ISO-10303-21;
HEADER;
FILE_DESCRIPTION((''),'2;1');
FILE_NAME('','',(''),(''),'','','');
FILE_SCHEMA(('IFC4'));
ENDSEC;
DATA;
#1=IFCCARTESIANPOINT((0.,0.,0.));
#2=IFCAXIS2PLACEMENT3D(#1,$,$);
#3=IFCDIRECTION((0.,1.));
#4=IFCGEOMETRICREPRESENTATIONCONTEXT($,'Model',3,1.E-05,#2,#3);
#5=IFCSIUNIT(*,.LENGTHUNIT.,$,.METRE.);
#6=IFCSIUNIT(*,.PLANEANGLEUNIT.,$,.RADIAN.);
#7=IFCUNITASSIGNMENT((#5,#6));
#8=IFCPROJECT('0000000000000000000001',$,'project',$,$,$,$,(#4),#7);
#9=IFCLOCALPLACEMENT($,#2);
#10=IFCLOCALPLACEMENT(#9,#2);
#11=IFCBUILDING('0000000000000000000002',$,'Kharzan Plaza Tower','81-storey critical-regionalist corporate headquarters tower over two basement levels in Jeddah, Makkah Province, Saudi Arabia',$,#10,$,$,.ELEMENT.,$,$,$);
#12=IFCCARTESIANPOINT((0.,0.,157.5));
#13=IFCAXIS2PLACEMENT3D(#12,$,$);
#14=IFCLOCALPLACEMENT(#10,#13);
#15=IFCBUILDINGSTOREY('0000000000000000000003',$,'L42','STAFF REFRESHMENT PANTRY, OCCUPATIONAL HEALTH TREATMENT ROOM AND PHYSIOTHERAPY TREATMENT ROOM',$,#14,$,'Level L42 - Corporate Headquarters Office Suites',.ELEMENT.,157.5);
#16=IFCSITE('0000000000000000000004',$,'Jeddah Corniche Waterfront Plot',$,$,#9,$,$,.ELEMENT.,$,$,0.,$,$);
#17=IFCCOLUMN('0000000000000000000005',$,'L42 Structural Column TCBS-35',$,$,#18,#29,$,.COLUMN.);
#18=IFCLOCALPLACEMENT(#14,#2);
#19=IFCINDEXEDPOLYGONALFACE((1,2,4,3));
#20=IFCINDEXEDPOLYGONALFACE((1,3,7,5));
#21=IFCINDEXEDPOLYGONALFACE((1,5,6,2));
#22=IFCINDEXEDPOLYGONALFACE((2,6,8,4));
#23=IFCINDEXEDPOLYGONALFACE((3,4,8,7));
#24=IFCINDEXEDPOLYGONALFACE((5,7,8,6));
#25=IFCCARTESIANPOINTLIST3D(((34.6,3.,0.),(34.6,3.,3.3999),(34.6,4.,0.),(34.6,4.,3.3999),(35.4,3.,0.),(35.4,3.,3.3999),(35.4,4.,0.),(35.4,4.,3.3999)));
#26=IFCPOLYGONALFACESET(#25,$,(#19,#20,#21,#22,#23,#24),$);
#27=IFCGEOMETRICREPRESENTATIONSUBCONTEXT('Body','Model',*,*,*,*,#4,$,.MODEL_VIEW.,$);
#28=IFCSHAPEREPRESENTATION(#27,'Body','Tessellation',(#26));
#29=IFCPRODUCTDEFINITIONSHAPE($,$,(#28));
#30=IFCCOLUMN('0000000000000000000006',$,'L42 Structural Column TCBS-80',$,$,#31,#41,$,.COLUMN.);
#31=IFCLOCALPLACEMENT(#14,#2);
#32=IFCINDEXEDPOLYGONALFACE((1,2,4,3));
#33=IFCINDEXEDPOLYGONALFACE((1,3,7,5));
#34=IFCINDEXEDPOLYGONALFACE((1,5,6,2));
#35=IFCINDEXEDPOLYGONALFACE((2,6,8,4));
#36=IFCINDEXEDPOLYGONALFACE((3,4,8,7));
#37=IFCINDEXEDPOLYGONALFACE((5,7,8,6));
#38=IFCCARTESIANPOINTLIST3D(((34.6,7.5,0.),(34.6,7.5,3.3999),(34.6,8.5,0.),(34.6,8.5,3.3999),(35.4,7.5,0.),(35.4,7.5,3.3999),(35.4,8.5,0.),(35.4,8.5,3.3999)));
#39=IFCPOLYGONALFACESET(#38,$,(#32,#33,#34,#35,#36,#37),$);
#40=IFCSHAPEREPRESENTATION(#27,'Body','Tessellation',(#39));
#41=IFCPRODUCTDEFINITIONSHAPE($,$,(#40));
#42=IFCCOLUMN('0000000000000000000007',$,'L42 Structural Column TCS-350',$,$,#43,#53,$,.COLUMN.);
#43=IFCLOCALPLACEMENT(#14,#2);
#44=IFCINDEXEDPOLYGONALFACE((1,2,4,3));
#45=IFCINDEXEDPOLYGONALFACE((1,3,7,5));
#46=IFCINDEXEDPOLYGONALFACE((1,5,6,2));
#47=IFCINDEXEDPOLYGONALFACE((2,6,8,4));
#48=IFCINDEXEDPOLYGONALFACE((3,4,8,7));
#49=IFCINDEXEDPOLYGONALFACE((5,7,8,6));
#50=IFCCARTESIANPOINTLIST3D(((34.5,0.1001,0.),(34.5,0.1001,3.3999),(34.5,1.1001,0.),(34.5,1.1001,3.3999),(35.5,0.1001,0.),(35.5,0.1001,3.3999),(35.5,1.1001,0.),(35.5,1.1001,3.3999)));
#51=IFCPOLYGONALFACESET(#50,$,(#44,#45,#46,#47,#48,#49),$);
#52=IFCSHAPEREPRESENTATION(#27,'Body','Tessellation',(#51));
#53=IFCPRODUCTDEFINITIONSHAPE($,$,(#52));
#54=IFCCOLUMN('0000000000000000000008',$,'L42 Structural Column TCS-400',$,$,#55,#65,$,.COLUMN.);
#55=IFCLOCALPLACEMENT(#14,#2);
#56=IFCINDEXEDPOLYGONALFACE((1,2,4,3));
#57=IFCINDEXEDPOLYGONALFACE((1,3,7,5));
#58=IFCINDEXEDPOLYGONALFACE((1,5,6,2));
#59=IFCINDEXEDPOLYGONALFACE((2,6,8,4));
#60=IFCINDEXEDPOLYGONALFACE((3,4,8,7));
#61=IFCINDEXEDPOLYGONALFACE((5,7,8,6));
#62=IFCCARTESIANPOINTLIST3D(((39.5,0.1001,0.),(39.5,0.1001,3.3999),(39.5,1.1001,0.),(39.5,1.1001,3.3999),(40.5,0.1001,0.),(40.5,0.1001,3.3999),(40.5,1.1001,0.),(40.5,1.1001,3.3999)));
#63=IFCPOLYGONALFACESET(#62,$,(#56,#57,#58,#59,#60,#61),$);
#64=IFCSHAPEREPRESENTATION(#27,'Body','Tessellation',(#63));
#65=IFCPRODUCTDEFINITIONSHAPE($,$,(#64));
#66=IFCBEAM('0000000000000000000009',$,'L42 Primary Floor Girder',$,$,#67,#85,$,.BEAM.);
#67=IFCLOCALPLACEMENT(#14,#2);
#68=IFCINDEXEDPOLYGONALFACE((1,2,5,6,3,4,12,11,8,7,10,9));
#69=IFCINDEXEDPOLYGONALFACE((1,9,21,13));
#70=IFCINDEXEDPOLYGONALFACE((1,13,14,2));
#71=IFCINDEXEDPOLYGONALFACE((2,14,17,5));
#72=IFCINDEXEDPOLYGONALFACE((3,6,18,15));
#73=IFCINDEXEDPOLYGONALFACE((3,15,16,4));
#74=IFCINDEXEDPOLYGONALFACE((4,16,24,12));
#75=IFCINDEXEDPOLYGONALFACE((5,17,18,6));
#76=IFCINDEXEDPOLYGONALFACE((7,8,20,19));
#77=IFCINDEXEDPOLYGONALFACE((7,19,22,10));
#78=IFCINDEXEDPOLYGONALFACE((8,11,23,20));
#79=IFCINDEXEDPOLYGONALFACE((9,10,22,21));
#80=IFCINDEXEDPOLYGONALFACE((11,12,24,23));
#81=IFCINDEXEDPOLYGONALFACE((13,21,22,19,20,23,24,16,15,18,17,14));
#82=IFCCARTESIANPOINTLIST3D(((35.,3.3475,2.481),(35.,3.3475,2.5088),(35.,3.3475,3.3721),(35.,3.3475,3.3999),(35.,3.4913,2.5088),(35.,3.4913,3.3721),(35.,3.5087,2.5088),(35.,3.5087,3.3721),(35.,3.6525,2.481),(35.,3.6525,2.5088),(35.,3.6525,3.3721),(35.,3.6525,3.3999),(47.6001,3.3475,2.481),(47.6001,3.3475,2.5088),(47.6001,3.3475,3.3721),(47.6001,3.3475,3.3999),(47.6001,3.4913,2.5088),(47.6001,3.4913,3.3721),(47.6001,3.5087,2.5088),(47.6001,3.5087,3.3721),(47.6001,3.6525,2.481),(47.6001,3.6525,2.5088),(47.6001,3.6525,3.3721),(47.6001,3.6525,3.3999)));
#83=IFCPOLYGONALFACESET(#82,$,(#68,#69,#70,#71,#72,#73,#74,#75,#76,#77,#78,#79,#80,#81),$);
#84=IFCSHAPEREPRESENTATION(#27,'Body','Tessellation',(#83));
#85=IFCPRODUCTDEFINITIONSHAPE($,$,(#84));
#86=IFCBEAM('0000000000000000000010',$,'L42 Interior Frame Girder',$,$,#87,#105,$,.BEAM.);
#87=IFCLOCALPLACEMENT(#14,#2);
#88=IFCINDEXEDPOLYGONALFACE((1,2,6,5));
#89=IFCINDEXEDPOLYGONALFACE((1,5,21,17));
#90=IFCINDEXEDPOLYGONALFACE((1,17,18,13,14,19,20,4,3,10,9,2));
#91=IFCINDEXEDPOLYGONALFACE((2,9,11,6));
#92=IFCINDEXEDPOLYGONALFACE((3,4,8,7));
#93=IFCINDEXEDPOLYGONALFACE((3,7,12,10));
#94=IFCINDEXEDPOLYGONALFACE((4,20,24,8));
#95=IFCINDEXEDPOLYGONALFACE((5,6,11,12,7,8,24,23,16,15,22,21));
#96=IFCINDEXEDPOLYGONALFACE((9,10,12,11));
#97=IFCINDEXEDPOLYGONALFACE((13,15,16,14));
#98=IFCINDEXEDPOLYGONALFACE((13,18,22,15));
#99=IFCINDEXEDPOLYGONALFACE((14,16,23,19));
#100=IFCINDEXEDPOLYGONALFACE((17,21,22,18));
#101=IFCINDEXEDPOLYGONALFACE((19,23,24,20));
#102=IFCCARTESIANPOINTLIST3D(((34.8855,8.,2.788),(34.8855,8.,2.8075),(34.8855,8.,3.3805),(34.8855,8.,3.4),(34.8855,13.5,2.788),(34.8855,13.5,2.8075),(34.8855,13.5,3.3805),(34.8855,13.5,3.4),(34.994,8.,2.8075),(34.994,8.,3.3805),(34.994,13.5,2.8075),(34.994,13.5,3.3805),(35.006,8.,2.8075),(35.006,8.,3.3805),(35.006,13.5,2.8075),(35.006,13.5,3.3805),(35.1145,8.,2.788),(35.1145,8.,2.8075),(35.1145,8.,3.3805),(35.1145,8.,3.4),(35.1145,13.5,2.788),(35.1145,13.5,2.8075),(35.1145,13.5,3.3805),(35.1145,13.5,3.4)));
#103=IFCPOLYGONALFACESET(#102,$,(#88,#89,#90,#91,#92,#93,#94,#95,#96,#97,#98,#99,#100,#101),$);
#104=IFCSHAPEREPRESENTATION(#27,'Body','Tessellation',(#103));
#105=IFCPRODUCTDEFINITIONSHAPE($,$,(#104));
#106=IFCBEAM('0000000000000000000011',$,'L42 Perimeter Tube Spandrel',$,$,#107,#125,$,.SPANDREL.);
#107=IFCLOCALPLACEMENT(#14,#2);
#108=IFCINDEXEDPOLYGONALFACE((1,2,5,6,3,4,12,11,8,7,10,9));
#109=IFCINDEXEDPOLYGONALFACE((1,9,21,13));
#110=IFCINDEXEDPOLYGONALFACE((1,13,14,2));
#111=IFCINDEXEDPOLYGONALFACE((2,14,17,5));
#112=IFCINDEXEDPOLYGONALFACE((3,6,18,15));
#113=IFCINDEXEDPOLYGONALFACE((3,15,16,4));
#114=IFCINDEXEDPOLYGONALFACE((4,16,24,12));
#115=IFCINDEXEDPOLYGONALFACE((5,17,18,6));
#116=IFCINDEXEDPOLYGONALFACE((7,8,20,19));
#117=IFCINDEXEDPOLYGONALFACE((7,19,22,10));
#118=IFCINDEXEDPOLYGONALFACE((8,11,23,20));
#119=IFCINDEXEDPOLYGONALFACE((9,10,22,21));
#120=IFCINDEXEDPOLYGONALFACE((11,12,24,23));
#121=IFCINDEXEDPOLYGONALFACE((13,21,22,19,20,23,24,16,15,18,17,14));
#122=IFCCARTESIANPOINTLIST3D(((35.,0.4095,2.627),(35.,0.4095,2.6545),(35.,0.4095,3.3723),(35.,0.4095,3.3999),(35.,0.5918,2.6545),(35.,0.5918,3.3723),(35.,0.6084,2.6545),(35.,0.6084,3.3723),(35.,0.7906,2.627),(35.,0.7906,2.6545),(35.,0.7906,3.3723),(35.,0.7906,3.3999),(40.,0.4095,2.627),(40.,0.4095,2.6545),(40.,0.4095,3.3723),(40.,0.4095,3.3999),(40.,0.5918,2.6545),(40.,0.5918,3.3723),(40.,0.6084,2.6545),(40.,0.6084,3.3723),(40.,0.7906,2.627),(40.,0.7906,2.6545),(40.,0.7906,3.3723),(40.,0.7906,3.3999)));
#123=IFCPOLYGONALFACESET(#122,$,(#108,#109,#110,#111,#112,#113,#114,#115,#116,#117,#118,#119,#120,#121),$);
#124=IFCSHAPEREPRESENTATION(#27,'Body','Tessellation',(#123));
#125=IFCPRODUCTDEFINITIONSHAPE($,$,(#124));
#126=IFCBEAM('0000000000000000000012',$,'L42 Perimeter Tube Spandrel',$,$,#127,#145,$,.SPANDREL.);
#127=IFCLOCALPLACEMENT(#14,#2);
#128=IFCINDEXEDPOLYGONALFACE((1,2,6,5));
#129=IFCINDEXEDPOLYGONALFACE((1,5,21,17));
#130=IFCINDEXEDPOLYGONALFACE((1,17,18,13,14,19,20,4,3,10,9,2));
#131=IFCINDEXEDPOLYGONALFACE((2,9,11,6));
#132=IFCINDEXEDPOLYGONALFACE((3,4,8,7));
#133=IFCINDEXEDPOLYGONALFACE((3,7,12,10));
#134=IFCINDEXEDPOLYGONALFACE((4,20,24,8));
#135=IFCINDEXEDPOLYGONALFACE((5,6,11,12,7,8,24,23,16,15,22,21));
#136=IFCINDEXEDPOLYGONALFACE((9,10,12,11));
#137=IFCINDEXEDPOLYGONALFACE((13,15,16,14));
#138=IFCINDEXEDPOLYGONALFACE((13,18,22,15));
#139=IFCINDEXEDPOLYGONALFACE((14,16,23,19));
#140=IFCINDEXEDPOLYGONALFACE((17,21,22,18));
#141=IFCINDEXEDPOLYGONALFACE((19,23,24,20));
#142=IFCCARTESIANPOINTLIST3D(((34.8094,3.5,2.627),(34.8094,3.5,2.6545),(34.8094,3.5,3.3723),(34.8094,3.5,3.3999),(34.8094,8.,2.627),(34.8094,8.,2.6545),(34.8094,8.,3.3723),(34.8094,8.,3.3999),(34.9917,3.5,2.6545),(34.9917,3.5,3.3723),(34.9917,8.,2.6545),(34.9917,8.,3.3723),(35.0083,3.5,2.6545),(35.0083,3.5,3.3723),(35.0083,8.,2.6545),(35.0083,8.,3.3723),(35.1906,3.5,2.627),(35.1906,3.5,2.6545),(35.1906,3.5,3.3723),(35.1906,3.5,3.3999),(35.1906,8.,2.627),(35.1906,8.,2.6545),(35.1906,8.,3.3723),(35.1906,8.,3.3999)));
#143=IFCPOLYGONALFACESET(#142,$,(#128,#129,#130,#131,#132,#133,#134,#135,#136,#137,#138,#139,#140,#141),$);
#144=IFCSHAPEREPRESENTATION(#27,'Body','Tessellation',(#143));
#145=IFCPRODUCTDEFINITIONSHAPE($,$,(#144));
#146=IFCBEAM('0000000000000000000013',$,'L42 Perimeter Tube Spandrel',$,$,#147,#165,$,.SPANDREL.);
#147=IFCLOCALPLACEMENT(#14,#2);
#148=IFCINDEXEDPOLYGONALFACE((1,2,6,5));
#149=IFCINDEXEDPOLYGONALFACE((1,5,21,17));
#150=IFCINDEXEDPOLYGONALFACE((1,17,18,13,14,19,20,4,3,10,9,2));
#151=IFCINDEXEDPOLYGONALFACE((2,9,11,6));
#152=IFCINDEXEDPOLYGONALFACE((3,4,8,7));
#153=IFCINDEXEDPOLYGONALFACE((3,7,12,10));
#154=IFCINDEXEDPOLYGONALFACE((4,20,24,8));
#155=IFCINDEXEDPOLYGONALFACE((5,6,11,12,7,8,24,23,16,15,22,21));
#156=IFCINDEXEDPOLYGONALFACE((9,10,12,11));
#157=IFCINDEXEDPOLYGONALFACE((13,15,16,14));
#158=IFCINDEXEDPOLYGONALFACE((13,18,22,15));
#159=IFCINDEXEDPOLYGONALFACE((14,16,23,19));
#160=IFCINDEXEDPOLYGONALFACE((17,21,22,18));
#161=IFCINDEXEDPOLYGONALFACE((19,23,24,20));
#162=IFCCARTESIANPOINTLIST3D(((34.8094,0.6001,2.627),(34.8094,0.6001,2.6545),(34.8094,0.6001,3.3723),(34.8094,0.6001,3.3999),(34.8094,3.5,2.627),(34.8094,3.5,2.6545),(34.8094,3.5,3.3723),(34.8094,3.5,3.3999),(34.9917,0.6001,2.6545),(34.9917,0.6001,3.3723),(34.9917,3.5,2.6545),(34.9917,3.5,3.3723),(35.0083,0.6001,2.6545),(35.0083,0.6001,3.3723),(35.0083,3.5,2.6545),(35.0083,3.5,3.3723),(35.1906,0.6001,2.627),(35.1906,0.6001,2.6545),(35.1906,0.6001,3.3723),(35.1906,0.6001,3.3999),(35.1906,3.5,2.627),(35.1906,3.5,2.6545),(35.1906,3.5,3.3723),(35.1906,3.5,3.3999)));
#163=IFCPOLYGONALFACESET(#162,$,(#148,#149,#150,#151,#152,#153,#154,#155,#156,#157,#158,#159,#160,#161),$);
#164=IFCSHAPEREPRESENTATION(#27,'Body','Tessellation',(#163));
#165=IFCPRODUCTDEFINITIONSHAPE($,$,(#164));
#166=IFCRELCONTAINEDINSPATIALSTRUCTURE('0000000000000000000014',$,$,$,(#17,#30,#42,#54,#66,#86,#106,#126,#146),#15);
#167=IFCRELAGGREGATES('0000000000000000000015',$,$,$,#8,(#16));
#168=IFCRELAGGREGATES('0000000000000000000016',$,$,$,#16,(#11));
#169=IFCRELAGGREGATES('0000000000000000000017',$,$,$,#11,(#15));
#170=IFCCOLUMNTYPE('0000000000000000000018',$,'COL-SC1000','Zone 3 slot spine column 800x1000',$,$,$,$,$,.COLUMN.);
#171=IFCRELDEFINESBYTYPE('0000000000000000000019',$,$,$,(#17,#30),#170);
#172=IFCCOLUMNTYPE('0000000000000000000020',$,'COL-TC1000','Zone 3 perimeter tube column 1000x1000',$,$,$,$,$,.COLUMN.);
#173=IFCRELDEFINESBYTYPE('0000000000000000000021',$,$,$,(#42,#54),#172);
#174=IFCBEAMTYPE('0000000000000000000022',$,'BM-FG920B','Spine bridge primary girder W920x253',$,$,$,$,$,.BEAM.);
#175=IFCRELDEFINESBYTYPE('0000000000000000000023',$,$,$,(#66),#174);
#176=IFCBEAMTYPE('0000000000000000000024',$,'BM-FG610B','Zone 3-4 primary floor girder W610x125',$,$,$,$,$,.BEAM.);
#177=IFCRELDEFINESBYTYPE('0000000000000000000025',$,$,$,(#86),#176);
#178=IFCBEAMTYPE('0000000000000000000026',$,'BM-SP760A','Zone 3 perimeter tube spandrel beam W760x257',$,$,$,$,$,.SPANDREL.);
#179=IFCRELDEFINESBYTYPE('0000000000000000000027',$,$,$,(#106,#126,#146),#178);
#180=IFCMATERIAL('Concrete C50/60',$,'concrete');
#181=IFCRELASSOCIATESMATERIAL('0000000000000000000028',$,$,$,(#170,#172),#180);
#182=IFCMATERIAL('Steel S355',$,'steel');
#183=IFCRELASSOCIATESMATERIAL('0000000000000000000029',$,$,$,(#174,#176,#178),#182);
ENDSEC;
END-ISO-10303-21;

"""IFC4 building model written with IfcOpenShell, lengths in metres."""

from ifc_helpers import new_model, si_unit, direction, frame, origin, origin_2d, place, context, subcontext, project, spatial, rectangle, i_section, extrude, source, transform, mapped, material, material_profile, profile_set, type_object, element, save


model = new_model("IFC4")

# Units and contexts
model_context = context("Model", 3, precision=1e-05, world=origin(), true_north=direction((0.0, 1.0)))
body_context = subcontext(model_context, "Body", "Model", "MODEL_VIEW")
ifc_project = project(units=[si_unit("LENGTHUNIT", "METRE"), si_unit("PLANEANGLEUNIT", "RADIAN")], contexts=[model_context])

# Site, building, storey
site_placement = place(None, origin())
site = spatial("IfcSite", under=ifc_project, at=site_placement, Name="Jeddah Corniche Waterfront Plot", CompositionType="ELEMENT", RefElevation=0.0)
building_placement = place(site_placement, origin())
building = spatial("IfcBuilding", under=site, at=building_placement, Name="Kharzan Plaza Tower", Description="81-storey critical-regionalist corporate headquarters tower over two basement levels in Jeddah, Makkah Province, Saudi Arabia", CompositionType="ELEMENT")
storey_placement = place(building_placement, frame((0.0, 0.0, 157.5)))
storey = spatial("IfcBuildingStorey", under=building, at=storey_placement, Name="L42", Description="STAFF REFRESHMENT PANTRY, OCCUPATIONAL HEALTH TREATMENT ROOM AND PHYSIOTHERAPY TREATMENT ROOM", LongName="Level L42 - Corporate Headquarters Office Suites", CompositionType="ELEMENT", Elevation=157.5)

# Columns
ifc_material_1 = material(Name="Concrete C50/60", Category="concrete")
ifc_material_profile_1 = material_profile(ifc_material_1, rectangle(XDim=0.8, YDim=1.0, at=origin_2d()), Name="RC-SC1000x800")
ifc_profile_set_1 = profile_set([ifc_material_profile_1], Name="Concrete C50/60")
column_type_1 = type_object("IfcColumnType", Name="COL-SC1000", Description="Zone 3 slot spine column 800x1000", PredefinedType="COLUMN", material=ifc_profile_set_1)
shared_shape_1 = source(origin(), body_context, "Body", "SweptSolid", [
    extrude(rectangle(XDim=0.8, YDim=1.0, at=origin_2d()), origin(), (0.0, 0.0, 1.0), 3.3999),
])
for number, where, z_axis, x_axis, name in (
    (1, (35.0, 3.5, 0.0), (0.0, 0.0, 1.0), (1.0, 0.0, 0.0), "L42 Structural Column TCBS-35"),
    (2, (35.0, 8.0, 0.0), (0.0, 0.0, 1.0), (1.0, 0.0, 0.0), "L42 Structural Column TCBS-80"),
):
    element("IfcColumn", number, at=place(storey_placement, frame(where, z_axis=z_axis, x_axis=x_axis)), inside=storey, type_object=column_type_1, Name=name, PredefinedType="COLUMN", context=body_context, shape_type="MappedRepresentation", body=[
        mapped(shared_shape_1, transform((0.0, 0.0, 0.0), x_axis=(1.0, 0.0, 0.0), y_axis=(0.0, 1.0, 0.0), z_axis=(0.0, 0.0, 1.0))),
    ])
ifc_material_profile_2 = material_profile(ifc_material_1, rectangle(XDim=1.0, YDim=1.0, at=origin_2d()), Name="RC-TC1000x1000")
ifc_profile_set_2 = profile_set([ifc_material_profile_2], Name="Concrete C50/60")
column_type_2 = type_object("IfcColumnType", Name="COL-TC1000", Description="Zone 3 perimeter tube column 1000x1000", PredefinedType="COLUMN", material=ifc_profile_set_2)
shared_shape_2 = source(origin(), body_context, "Body", "SweptSolid", [
    extrude(rectangle(XDim=1.0, YDim=1.0, at=origin_2d()), origin(), (0.0, 0.0, 1.0), 3.3999),
])
for number, where, z_axis, x_axis, name in (
    (3, (35.0, 0.6001, 0.0), (0.0, 0.0, 1.0), (1.0, 0.0, 0.0), "L42 Structural Column TCS-350"),
    (4, (40.0, 0.6001, 0.0), (0.0, 0.0, 1.0), (1.0, 0.0, 0.0), "L42 Structural Column TCS-400"),
):
    element("IfcColumn", number, at=place(storey_placement, frame(where, z_axis=z_axis, x_axis=x_axis)), inside=storey, type_object=column_type_2, Name=name, PredefinedType="COLUMN", context=body_context, shape_type="MappedRepresentation", body=[
        mapped(shared_shape_2, transform((0.0, 0.0, 0.0), x_axis=(1.0, 0.0, 0.0), y_axis=(0.0, 1.0, 0.0), z_axis=(0.0, 0.0, 1.0))),
    ])

# Beams
ifc_material_2 = material(Name="Steel S355", Category="steel")
ifc_material_profile_3 = material_profile(ifc_material_2, i_section(OverallWidth=0.3049, OverallDepth=0.9189, WebThickness=0.0173, FlangeThickness=0.0278, at=origin_2d()), Name="W920x253")
ifc_profile_set_3 = profile_set([ifc_material_profile_3], Name="Steel S355")
beam_type_1 = type_object("IfcBeamType", Name="BM-FG920B", Description="Spine bridge primary girder W920x253", PredefinedType="BEAM", material=ifc_profile_set_3)
shared_shape_3 = source(origin(), body_context, "Body", "SweptSolid", [
    extrude(i_section(OverallWidth=0.3049, OverallDepth=0.9189, WebThickness=0.0173, FlangeThickness=0.0278, at=origin_2d()), origin(), (0.0, 0.0, 1.0), 12.6001),
])
beam_1_placement = place(storey_placement, frame((35.0, 3.5, 2.9404), z_axis=(1.0, 0.0, 0.0), x_axis=(0.0, 1.0, 0.0)))
element("IfcBeam", 5, at=beam_1_placement, inside=storey, type_object=beam_type_1, Name="L42 Primary Floor Girder", PredefinedType="BEAM", context=body_context, shape_type="MappedRepresentation", body=[
    mapped(shared_shape_3, transform((0.0, 0.0, 0.0), x_axis=(1.0, 0.0, 0.0), y_axis=(0.0, 1.0, 0.0), z_axis=(0.0, 0.0, 1.0))),
])
ifc_material_profile_4 = material_profile(ifc_material_2, i_section(OverallWidth=0.229, OverallDepth=0.6121, WebThickness=0.012, FlangeThickness=0.0195, at=origin_2d()), Name="W610x125")
ifc_profile_set_4 = profile_set([ifc_material_profile_4], Name="Steel S355")
beam_type_2 = type_object("IfcBeamType", Name="BM-FG610B", Description="Zone 3-4 primary floor girder W610x125", PredefinedType="BEAM", material=ifc_profile_set_4)
shared_shape_4 = source(origin(), body_context, "Body", "SweptSolid", [
    extrude(i_section(OverallWidth=0.229, OverallDepth=0.6121, WebThickness=0.012, FlangeThickness=0.0195, at=origin_2d()), origin(), (0.0, 0.0, 1.0), 5.5),
])
beam_2_placement = place(storey_placement, frame((35.0, 8.0, 3.094), z_axis=(0.0, 1.0, 0.0), x_axis=(-1.0, 0.0, 0.0)))
element("IfcBeam", 6, at=beam_2_placement, inside=storey, type_object=beam_type_2, Name="L42 Interior Frame Girder", PredefinedType="BEAM", context=body_context, shape_type="MappedRepresentation", body=[
    mapped(shared_shape_4, transform((0.0, 0.0, 0.0), x_axis=(1.0, 0.0, 0.0), y_axis=(0.0, 1.0, 0.0), z_axis=(0.0, 0.0, 1.0))),
])
ifc_material_profile_5 = material_profile(ifc_material_2, i_section(OverallWidth=0.3811, OverallDepth=0.7729, WebThickness=0.0166, FlangeThickness=0.0276, at=origin_2d()), Name="W760x257")
ifc_profile_set_5 = profile_set([ifc_material_profile_5], Name="Steel S355")
beam_type_3 = type_object("IfcBeamType", Name="BM-SP760A", Description="Zone 3 perimeter tube spandrel beam W760x257", PredefinedType="SPANDREL", material=ifc_profile_set_5)
shared_shape_5 = source(origin(), body_context, "Body", "SweptSolid", [
    extrude(i_section(OverallWidth=0.3811, OverallDepth=0.7729, WebThickness=0.0166, FlangeThickness=0.0276, at=origin_2d()), origin(), (0.0, 0.0, 1.0), 5.0),
])
beam_3_placement = place(storey_placement, frame((35.0, 0.6001, 3.0134), z_axis=(1.0, 0.0, 0.0), x_axis=(0.0, 1.0, 0.0)))
element("IfcBeam", 7, at=beam_3_placement, inside=storey, type_object=beam_type_3, Name="L42 Perimeter Tube Spandrel", PredefinedType="SPANDREL", context=body_context, shape_type="MappedRepresentation", body=[
    mapped(shared_shape_5, transform((0.0, 0.0, 0.0), x_axis=(1.0, 0.0, 0.0), y_axis=(0.0, 1.0, 0.0), z_axis=(0.0, 0.0, 1.0))),
])
shared_shape_6 = source(origin(), body_context, "Body", "SweptSolid", [
    extrude(i_section(OverallWidth=0.3811, OverallDepth=0.7729, WebThickness=0.0166, FlangeThickness=0.0276, at=origin_2d()), origin(), (0.0, 0.0, 1.0), 4.5),
])
beam_4_placement = place(storey_placement, frame((35.0, 3.5, 3.0134), z_axis=(0.0, 1.0, 0.0), x_axis=(-1.0, 0.0, 0.0)))
element("IfcBeam", 8, at=beam_4_placement, inside=storey, type_object=beam_type_3, Name="L42 Perimeter Tube Spandrel", PredefinedType="SPANDREL", context=body_context, shape_type="MappedRepresentation", body=[
    mapped(shared_shape_6, transform((0.0, 0.0, 0.0), x_axis=(1.0, 0.0, 0.0), y_axis=(0.0, 1.0, 0.0), z_axis=(0.0, 0.0, 1.0))),
])
shared_shape_7 = source(origin(), body_context, "Body", "SweptSolid", [
    extrude(i_section(OverallWidth=0.3811, OverallDepth=0.7729, WebThickness=0.0166, FlangeThickness=0.0276, at=origin_2d()), origin(), (0.0, 0.0, 1.0), 2.8999),
])
beam_5_placement = place(storey_placement, frame((35.0, 0.6001, 3.0134), z_axis=(0.0, 1.0, 0.0), x_axis=(-1.0, 0.0, 0.0)))
element("IfcBeam", 9, at=beam_5_placement, inside=storey, type_object=beam_type_3, Name="L42 Perimeter Tube Spandrel", PredefinedType="SPANDREL", context=body_context, shape_type="MappedRepresentation", body=[
    mapped(shared_shape_7, transform((0.0, 0.0, 0.0), x_axis=(1.0, 0.0, 0.0), y_axis=(0.0, 1.0, 0.0), z_axis=(0.0, 0.0, 1.0))),
])

save(model, "model.ifc")
